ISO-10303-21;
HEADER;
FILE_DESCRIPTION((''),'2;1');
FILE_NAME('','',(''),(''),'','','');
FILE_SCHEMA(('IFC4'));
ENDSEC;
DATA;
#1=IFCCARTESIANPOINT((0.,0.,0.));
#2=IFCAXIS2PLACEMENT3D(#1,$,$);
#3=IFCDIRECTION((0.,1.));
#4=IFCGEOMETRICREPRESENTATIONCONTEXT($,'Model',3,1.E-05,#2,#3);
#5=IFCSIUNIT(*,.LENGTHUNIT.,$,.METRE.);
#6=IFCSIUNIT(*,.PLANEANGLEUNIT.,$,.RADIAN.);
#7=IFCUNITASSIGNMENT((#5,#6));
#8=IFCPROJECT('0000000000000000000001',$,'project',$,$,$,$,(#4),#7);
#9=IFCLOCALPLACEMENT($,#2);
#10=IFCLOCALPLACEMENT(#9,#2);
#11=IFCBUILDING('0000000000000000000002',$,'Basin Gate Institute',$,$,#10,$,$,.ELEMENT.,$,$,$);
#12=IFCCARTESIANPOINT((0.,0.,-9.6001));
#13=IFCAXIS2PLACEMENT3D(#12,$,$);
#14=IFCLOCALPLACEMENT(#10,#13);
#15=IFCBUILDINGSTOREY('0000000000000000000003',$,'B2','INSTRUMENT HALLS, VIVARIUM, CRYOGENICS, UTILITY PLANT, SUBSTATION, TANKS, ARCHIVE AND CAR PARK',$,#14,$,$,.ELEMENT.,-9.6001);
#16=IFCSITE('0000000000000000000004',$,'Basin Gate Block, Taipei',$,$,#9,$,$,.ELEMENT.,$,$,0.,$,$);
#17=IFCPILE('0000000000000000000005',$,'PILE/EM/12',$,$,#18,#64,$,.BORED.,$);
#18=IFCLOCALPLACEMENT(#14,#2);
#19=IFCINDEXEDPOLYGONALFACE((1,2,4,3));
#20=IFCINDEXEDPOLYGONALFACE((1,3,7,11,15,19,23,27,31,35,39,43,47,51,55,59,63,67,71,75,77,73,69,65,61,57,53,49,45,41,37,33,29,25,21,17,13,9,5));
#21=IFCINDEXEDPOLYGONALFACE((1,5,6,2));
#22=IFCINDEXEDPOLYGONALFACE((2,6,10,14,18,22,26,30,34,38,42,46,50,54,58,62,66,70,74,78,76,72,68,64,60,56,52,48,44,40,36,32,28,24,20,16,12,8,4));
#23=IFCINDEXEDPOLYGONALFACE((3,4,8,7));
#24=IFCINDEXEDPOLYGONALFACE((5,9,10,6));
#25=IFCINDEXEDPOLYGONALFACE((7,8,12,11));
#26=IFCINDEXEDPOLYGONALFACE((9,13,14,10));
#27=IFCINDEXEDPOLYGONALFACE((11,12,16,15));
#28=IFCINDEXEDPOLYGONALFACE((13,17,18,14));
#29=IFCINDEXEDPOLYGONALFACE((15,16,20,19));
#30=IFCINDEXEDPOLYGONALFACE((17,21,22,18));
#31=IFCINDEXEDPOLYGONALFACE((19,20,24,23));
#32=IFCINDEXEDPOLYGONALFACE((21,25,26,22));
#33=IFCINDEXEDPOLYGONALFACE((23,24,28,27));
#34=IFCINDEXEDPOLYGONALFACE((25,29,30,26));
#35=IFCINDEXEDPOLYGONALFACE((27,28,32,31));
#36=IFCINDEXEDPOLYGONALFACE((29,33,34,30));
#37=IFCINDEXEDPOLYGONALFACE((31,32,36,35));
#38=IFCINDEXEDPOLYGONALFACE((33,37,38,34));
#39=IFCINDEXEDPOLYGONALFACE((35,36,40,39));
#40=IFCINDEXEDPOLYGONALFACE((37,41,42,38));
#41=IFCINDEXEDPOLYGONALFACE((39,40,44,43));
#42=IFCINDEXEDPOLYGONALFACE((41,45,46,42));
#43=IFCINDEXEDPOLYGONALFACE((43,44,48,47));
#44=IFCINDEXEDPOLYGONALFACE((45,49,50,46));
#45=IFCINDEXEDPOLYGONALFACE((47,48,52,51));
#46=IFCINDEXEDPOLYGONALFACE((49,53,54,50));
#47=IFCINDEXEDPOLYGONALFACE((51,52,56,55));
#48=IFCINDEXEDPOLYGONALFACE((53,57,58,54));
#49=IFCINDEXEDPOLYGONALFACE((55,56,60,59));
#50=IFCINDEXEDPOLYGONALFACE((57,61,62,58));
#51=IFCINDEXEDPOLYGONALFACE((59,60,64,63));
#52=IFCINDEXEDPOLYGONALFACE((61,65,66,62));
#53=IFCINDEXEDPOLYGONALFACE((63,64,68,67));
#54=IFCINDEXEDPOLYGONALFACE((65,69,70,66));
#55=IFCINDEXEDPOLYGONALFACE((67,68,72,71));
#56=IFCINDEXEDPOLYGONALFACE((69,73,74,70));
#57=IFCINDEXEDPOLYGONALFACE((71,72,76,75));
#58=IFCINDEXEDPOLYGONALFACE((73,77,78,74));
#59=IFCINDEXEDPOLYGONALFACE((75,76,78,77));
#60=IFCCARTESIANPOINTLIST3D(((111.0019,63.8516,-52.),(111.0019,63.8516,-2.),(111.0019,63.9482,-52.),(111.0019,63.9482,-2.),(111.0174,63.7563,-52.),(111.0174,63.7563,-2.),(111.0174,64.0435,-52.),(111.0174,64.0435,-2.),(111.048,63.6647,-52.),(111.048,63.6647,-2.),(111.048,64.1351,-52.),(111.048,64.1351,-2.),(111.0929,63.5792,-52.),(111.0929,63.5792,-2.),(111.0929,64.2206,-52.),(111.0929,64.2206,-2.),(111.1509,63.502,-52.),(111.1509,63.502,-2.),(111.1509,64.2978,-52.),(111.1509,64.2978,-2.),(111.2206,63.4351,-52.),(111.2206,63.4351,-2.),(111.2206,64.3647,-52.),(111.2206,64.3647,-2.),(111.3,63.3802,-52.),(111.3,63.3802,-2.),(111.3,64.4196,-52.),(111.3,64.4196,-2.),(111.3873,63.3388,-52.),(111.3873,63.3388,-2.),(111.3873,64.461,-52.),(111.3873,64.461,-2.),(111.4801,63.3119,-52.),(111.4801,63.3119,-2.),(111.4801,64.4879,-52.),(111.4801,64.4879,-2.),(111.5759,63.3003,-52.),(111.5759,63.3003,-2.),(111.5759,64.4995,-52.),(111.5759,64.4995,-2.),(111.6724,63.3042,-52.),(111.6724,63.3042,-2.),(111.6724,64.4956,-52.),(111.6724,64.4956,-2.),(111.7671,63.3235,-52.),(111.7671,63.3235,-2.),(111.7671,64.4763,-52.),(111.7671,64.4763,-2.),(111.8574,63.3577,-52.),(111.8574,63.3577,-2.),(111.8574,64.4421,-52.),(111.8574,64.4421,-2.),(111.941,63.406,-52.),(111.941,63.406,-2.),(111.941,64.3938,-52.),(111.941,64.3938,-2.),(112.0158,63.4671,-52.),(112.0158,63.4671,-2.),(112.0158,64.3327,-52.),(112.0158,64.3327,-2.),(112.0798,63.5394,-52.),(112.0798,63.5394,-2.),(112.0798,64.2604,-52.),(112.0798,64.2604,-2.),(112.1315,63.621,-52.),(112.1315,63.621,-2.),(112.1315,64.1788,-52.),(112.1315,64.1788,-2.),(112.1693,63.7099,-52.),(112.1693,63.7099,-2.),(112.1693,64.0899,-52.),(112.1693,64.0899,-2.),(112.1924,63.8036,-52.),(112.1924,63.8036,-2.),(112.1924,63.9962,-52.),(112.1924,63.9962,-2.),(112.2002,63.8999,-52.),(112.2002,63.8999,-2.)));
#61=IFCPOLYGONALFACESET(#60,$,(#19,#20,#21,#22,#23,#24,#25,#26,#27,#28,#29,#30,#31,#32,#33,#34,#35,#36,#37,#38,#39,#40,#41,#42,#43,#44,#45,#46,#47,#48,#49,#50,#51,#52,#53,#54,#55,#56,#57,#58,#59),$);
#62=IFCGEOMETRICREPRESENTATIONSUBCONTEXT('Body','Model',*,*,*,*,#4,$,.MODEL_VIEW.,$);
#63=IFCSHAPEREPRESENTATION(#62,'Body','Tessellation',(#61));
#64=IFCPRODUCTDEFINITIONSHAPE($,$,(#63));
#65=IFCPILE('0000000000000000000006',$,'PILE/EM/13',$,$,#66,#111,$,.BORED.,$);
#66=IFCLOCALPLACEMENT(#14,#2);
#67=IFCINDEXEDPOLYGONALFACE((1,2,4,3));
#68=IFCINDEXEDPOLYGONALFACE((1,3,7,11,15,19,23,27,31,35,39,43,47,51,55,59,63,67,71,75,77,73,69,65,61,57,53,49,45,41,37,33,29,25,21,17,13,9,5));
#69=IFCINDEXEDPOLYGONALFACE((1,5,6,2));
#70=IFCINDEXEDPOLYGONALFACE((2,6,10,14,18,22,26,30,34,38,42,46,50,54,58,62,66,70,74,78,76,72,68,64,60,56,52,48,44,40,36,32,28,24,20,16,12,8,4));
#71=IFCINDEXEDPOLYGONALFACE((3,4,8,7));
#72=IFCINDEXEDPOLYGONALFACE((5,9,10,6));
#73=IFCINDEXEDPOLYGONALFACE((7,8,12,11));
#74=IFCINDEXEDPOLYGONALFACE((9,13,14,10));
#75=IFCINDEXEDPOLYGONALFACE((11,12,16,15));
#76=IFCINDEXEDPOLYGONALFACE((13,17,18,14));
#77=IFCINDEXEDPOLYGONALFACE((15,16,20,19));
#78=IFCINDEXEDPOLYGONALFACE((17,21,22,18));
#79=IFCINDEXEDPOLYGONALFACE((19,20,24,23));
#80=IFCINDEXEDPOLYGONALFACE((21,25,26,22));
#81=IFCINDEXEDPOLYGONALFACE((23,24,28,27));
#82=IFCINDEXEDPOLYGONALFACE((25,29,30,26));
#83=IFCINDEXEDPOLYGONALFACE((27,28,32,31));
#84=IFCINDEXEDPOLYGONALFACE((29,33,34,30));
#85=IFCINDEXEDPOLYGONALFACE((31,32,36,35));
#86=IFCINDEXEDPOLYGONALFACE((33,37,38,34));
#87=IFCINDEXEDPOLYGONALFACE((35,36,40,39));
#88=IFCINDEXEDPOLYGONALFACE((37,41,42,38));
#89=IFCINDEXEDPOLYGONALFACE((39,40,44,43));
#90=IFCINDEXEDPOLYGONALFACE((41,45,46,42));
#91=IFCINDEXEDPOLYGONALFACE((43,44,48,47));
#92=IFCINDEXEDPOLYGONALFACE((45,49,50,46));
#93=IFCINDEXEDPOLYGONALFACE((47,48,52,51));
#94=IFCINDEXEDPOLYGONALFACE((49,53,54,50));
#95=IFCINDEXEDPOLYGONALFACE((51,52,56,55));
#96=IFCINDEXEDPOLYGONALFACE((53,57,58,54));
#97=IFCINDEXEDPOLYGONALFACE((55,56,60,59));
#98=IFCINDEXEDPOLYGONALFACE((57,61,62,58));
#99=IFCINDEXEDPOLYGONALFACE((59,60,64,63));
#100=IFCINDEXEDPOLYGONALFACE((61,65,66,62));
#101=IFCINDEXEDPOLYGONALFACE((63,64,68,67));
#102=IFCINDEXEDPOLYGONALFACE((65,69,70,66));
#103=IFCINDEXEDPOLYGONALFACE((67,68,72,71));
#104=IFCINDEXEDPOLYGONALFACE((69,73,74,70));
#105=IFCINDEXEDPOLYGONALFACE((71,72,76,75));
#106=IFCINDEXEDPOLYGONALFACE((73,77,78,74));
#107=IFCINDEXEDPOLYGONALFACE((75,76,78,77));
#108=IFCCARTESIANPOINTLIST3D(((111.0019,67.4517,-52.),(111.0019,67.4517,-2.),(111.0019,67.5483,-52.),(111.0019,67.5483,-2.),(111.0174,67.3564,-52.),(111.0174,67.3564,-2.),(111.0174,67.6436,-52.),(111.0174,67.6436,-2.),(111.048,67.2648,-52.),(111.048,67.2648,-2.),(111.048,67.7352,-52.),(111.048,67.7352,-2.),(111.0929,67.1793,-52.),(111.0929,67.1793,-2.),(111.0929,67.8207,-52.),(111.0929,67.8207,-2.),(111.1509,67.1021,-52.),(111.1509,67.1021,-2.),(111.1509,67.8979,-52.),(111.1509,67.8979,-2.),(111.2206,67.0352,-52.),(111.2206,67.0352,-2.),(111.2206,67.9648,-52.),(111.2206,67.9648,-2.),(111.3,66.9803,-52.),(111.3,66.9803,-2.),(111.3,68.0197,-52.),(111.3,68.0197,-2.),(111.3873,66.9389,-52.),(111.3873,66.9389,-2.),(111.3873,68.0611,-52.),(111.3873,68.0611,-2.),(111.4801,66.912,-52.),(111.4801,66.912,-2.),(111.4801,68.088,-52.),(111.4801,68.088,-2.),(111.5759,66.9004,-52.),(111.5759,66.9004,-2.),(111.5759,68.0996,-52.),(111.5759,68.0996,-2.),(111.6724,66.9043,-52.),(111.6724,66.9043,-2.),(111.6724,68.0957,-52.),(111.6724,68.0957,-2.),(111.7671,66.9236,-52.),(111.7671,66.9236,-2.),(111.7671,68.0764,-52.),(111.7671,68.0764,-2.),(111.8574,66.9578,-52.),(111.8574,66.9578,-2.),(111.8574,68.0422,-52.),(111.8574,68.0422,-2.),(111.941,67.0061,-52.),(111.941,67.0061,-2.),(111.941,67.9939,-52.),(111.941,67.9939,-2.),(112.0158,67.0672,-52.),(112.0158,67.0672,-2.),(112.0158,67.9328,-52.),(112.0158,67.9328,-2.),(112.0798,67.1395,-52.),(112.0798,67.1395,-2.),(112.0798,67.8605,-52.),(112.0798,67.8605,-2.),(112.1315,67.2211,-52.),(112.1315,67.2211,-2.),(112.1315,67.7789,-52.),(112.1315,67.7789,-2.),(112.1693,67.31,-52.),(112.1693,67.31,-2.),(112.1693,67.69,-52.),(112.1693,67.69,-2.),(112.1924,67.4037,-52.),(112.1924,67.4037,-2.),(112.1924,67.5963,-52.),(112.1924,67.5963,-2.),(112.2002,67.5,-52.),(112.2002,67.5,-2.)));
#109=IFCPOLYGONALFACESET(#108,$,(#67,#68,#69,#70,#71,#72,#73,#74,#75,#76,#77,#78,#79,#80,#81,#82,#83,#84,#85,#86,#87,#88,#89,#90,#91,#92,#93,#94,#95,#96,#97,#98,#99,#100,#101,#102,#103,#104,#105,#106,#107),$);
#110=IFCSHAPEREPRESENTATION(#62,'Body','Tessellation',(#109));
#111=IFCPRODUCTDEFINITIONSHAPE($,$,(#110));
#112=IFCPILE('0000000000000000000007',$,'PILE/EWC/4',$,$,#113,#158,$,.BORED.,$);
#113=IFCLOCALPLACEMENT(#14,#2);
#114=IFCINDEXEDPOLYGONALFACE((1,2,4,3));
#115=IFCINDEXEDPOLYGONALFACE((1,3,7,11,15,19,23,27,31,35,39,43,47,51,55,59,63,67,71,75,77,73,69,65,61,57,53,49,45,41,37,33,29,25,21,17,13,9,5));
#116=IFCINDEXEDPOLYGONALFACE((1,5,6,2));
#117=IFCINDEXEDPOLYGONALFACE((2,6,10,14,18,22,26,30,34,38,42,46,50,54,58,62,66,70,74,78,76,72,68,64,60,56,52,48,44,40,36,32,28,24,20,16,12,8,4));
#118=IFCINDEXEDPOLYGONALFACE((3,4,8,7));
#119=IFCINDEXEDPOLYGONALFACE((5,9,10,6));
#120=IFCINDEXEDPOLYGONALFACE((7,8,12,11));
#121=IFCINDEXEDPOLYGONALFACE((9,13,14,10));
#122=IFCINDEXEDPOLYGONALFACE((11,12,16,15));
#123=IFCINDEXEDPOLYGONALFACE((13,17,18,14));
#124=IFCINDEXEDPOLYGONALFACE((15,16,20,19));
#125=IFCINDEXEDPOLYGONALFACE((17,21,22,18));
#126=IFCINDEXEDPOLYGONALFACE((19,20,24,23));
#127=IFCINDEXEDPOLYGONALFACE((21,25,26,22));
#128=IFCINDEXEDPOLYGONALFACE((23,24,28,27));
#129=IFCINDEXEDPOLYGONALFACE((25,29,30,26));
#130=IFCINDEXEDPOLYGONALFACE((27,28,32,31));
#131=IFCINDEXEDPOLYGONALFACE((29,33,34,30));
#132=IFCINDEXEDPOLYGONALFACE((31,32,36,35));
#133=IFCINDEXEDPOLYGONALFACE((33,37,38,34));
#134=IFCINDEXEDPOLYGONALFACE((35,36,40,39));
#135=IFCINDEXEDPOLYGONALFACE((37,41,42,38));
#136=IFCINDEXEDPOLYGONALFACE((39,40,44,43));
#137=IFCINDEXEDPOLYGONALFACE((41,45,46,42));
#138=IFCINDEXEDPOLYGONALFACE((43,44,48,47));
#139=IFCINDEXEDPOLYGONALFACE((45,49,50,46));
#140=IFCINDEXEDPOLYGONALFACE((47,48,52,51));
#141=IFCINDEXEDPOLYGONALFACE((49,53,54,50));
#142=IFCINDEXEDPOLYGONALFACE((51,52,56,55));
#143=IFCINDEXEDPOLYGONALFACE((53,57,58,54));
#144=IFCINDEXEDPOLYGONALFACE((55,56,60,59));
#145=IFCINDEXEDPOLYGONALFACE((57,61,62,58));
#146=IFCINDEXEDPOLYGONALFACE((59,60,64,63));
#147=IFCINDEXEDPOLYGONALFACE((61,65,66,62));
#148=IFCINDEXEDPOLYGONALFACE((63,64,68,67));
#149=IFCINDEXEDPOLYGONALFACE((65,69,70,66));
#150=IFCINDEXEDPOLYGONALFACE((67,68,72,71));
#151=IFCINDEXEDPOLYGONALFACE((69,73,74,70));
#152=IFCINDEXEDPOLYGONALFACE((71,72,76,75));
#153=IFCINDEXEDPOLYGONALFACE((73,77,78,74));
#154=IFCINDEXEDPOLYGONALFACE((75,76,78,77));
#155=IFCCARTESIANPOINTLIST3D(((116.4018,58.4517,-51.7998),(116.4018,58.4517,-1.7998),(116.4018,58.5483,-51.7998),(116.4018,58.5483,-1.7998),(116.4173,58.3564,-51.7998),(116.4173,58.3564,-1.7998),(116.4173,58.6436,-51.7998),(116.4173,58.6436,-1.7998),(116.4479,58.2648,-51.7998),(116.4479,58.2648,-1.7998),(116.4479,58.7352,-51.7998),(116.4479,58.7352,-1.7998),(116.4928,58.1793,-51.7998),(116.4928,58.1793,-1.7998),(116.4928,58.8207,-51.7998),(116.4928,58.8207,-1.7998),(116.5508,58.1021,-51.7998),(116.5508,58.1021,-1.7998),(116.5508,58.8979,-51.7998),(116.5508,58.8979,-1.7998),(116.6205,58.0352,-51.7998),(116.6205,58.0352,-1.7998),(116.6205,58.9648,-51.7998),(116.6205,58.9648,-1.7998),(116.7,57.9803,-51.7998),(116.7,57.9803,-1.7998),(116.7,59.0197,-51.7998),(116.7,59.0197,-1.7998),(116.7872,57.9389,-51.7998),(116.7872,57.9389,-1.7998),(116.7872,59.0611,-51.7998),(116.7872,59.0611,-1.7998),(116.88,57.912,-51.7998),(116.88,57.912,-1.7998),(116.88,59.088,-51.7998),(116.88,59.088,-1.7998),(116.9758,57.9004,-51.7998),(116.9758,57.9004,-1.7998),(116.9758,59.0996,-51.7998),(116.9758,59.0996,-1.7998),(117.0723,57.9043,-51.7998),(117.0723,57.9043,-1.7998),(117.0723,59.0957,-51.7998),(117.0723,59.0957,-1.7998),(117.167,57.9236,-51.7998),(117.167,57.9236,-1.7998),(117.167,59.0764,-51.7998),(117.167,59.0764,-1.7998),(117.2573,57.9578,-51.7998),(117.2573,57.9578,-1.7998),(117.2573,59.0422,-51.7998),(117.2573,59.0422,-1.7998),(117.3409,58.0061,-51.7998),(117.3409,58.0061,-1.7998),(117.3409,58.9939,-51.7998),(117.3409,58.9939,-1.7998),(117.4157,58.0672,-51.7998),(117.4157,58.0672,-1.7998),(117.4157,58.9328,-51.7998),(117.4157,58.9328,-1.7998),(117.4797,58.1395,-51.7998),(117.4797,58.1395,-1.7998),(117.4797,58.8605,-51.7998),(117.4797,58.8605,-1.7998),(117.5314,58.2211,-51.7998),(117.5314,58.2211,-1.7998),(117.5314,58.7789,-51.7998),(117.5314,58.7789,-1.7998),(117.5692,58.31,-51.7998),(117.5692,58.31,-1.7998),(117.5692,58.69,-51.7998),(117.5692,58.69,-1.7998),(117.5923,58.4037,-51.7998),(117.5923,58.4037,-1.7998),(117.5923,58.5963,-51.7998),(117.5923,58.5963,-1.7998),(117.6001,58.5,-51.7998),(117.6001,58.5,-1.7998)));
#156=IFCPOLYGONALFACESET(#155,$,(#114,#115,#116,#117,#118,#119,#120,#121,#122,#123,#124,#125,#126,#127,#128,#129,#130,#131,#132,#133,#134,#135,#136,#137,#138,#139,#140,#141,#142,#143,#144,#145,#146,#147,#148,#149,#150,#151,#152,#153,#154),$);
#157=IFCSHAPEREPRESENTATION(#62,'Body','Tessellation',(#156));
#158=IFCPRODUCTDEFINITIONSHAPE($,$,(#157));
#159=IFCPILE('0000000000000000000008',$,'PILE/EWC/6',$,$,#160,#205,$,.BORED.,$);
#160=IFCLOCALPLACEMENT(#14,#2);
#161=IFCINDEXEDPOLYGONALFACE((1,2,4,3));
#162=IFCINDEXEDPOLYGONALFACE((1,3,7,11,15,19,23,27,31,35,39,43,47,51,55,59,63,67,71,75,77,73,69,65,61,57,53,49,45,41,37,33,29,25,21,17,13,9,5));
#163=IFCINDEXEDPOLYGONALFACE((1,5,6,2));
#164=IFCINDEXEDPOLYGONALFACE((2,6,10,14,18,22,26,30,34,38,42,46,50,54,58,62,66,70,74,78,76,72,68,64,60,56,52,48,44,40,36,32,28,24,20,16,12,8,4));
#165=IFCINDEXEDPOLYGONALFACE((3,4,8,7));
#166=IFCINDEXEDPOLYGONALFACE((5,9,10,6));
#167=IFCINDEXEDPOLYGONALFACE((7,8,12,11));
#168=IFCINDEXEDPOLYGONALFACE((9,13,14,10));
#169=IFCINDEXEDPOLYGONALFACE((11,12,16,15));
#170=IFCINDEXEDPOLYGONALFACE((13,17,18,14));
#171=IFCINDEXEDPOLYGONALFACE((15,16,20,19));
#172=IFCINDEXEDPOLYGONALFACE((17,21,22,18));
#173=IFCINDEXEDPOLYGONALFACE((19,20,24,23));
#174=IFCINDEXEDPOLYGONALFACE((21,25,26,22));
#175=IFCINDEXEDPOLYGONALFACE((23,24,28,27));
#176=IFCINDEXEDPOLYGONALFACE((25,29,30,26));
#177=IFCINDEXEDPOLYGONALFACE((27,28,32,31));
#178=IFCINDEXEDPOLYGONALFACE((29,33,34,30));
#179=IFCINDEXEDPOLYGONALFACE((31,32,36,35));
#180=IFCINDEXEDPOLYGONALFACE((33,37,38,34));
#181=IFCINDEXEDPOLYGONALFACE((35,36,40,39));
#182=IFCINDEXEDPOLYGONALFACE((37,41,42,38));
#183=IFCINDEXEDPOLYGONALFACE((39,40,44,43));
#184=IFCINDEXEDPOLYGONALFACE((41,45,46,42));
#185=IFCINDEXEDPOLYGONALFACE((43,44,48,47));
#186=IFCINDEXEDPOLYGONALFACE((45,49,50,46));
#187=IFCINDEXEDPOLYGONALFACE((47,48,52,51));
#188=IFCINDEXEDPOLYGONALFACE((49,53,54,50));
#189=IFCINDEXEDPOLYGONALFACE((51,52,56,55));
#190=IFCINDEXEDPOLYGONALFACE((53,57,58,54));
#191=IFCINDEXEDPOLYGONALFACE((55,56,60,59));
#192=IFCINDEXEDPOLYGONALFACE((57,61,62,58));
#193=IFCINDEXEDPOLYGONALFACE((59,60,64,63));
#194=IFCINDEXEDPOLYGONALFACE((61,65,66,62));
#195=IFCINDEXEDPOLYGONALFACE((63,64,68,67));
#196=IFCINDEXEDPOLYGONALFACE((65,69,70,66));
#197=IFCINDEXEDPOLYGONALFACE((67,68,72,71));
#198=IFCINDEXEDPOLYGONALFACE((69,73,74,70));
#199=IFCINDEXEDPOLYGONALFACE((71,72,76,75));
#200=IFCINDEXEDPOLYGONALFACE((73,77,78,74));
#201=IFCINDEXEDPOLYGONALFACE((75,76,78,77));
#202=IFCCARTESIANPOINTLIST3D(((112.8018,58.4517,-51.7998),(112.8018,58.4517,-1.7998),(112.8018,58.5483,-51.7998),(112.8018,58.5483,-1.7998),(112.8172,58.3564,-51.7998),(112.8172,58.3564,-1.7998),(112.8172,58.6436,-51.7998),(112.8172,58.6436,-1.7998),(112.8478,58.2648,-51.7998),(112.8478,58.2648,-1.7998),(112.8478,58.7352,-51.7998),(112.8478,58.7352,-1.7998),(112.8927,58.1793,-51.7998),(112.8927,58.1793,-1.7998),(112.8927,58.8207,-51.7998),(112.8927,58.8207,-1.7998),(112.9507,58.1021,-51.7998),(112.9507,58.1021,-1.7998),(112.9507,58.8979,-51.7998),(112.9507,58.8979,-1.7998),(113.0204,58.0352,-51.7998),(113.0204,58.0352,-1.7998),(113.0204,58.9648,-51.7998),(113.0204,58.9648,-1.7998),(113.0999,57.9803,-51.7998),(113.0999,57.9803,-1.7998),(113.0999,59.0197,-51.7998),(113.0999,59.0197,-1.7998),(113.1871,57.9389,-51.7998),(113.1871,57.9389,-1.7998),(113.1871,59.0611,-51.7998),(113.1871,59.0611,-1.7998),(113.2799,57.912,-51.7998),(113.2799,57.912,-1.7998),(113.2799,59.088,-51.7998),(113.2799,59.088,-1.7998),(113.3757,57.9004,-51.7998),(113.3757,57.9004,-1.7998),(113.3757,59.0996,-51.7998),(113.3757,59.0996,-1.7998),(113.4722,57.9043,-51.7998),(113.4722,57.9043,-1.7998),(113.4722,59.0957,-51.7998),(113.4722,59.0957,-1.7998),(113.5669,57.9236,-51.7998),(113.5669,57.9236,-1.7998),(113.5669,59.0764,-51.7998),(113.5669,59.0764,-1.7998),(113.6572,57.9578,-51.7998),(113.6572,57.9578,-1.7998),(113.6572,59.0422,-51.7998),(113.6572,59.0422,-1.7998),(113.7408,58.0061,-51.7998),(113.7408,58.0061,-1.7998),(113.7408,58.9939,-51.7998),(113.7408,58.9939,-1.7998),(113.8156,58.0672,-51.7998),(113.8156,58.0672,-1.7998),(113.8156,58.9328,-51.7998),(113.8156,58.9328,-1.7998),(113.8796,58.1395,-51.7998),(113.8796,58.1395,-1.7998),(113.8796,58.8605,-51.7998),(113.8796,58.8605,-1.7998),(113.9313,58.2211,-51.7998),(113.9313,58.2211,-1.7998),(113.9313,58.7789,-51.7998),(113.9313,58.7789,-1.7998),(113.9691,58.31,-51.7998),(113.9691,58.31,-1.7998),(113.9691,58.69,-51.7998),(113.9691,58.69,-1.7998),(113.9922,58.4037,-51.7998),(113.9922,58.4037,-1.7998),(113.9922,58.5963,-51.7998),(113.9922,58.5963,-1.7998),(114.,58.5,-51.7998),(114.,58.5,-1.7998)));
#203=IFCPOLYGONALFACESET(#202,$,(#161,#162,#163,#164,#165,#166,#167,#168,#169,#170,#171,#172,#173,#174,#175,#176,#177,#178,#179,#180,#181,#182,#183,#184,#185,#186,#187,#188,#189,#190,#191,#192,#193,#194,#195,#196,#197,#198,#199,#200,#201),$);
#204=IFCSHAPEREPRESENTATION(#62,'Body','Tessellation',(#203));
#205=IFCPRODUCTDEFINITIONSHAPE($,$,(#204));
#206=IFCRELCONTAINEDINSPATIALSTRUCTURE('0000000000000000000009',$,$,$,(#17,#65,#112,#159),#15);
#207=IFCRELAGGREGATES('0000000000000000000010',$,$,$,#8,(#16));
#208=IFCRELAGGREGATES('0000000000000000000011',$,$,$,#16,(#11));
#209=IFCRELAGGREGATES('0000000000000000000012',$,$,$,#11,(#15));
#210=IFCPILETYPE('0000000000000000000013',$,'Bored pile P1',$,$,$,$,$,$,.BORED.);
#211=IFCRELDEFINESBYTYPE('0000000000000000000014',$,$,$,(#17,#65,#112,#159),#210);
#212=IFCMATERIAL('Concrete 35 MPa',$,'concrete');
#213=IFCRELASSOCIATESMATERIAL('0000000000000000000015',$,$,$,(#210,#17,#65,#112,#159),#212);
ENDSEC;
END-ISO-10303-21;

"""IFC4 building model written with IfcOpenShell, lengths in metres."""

from ifc_helpers import new_model, si_unit, direction, frame, origin, origin_2d, place, context, subcontext, project, spatial, circle, extrude, material, material_profile, profile_set, type_object, element, save


model = new_model("IFC4")

# Units and contexts
model_context = context("Model", 3, precision=1e-05, world=origin(), true_north=direction((0.0, 1.0)))
body_context = subcontext(model_context, "Body", "Model", "MODEL_VIEW")
ifc_project = project(units=[si_unit("LENGTHUNIT", "METRE"), si_unit("PLANEANGLEUNIT", "RADIAN")], contexts=[model_context])

# Site, building, storey
site_placement = place(None, origin())
site = spatial("IfcSite", under=ifc_project, at=site_placement, Name="Basin Gate Block, Taipei", CompositionType="ELEMENT", RefElevation=0.0)
building_placement = place(site_placement, origin())
building = spatial("IfcBuilding", under=site, at=building_placement, Name="Basin Gate Institute", CompositionType="ELEMENT")
storey_placement = place(building_placement, frame((0.0, 0.0, -9.6001)))
storey = spatial("IfcBuildingStorey", under=building, at=storey_placement, Name="B2", Description="INSTRUMENT HALLS, VIVARIUM, CRYOGENICS, UTILITY PLANT, SUBSTATION, TANKS, ARCHIVE AND CAR PARK", CompositionType="ELEMENT", Elevation=-9.6001)

# Piles
ifc_material_1 = material(Name="Concrete 35 MPa", Category="concrete")
ifc_material_profile_1 = material_profile(ifc_material_1, circle(Radius=0.6001, at=origin_2d()), Name="Bored pile P1 1200 dia")
ifc_profile_set_1 = profile_set([ifc_material_profile_1], Name="Concrete 35 MPa")
pile_type = type_object("IfcPileType", Name="Bored pile P1", PredefinedType="BORED", material=ifc_profile_set_1)
for number, where, z_axis, x_axis, name in (
    (1, (111.6001, 63.8999, -2.0), (0.0, 0.0, -1.0), (1.0, 0.0, 0.0), "PILE/EM/12"),
    (2, (111.6001, 67.5, -2.0), (0.0, 0.0, -1.0), (1.0, 0.0, 0.0), "PILE/EM/13"),
    (3, (117.0, 58.5, -1.7998), (0.0, 0.0, -1.0), (1.0, 0.0, 0.0), "PILE/EWC/4"),
    (4, (113.3999, 58.5, -1.7998), (0.0, 0.0, -1.0), (1.0, 0.0, 0.0), "PILE/EWC/6"),
):
    element("IfcPile", number, at=place(storey_placement, frame(where, z_axis=z_axis, x_axis=x_axis)), inside=storey, type_object=pile_type, material=ifc_profile_set_1, Name=name, PredefinedType="BORED", context=body_context, shape_type="SweptSolid", body=[
        extrude(circle(Radius=0.6001, at=origin_2d()), origin(), (0.0, 0.0, 1.0), 50.0),
    ])

save(model, "model.ifc")
